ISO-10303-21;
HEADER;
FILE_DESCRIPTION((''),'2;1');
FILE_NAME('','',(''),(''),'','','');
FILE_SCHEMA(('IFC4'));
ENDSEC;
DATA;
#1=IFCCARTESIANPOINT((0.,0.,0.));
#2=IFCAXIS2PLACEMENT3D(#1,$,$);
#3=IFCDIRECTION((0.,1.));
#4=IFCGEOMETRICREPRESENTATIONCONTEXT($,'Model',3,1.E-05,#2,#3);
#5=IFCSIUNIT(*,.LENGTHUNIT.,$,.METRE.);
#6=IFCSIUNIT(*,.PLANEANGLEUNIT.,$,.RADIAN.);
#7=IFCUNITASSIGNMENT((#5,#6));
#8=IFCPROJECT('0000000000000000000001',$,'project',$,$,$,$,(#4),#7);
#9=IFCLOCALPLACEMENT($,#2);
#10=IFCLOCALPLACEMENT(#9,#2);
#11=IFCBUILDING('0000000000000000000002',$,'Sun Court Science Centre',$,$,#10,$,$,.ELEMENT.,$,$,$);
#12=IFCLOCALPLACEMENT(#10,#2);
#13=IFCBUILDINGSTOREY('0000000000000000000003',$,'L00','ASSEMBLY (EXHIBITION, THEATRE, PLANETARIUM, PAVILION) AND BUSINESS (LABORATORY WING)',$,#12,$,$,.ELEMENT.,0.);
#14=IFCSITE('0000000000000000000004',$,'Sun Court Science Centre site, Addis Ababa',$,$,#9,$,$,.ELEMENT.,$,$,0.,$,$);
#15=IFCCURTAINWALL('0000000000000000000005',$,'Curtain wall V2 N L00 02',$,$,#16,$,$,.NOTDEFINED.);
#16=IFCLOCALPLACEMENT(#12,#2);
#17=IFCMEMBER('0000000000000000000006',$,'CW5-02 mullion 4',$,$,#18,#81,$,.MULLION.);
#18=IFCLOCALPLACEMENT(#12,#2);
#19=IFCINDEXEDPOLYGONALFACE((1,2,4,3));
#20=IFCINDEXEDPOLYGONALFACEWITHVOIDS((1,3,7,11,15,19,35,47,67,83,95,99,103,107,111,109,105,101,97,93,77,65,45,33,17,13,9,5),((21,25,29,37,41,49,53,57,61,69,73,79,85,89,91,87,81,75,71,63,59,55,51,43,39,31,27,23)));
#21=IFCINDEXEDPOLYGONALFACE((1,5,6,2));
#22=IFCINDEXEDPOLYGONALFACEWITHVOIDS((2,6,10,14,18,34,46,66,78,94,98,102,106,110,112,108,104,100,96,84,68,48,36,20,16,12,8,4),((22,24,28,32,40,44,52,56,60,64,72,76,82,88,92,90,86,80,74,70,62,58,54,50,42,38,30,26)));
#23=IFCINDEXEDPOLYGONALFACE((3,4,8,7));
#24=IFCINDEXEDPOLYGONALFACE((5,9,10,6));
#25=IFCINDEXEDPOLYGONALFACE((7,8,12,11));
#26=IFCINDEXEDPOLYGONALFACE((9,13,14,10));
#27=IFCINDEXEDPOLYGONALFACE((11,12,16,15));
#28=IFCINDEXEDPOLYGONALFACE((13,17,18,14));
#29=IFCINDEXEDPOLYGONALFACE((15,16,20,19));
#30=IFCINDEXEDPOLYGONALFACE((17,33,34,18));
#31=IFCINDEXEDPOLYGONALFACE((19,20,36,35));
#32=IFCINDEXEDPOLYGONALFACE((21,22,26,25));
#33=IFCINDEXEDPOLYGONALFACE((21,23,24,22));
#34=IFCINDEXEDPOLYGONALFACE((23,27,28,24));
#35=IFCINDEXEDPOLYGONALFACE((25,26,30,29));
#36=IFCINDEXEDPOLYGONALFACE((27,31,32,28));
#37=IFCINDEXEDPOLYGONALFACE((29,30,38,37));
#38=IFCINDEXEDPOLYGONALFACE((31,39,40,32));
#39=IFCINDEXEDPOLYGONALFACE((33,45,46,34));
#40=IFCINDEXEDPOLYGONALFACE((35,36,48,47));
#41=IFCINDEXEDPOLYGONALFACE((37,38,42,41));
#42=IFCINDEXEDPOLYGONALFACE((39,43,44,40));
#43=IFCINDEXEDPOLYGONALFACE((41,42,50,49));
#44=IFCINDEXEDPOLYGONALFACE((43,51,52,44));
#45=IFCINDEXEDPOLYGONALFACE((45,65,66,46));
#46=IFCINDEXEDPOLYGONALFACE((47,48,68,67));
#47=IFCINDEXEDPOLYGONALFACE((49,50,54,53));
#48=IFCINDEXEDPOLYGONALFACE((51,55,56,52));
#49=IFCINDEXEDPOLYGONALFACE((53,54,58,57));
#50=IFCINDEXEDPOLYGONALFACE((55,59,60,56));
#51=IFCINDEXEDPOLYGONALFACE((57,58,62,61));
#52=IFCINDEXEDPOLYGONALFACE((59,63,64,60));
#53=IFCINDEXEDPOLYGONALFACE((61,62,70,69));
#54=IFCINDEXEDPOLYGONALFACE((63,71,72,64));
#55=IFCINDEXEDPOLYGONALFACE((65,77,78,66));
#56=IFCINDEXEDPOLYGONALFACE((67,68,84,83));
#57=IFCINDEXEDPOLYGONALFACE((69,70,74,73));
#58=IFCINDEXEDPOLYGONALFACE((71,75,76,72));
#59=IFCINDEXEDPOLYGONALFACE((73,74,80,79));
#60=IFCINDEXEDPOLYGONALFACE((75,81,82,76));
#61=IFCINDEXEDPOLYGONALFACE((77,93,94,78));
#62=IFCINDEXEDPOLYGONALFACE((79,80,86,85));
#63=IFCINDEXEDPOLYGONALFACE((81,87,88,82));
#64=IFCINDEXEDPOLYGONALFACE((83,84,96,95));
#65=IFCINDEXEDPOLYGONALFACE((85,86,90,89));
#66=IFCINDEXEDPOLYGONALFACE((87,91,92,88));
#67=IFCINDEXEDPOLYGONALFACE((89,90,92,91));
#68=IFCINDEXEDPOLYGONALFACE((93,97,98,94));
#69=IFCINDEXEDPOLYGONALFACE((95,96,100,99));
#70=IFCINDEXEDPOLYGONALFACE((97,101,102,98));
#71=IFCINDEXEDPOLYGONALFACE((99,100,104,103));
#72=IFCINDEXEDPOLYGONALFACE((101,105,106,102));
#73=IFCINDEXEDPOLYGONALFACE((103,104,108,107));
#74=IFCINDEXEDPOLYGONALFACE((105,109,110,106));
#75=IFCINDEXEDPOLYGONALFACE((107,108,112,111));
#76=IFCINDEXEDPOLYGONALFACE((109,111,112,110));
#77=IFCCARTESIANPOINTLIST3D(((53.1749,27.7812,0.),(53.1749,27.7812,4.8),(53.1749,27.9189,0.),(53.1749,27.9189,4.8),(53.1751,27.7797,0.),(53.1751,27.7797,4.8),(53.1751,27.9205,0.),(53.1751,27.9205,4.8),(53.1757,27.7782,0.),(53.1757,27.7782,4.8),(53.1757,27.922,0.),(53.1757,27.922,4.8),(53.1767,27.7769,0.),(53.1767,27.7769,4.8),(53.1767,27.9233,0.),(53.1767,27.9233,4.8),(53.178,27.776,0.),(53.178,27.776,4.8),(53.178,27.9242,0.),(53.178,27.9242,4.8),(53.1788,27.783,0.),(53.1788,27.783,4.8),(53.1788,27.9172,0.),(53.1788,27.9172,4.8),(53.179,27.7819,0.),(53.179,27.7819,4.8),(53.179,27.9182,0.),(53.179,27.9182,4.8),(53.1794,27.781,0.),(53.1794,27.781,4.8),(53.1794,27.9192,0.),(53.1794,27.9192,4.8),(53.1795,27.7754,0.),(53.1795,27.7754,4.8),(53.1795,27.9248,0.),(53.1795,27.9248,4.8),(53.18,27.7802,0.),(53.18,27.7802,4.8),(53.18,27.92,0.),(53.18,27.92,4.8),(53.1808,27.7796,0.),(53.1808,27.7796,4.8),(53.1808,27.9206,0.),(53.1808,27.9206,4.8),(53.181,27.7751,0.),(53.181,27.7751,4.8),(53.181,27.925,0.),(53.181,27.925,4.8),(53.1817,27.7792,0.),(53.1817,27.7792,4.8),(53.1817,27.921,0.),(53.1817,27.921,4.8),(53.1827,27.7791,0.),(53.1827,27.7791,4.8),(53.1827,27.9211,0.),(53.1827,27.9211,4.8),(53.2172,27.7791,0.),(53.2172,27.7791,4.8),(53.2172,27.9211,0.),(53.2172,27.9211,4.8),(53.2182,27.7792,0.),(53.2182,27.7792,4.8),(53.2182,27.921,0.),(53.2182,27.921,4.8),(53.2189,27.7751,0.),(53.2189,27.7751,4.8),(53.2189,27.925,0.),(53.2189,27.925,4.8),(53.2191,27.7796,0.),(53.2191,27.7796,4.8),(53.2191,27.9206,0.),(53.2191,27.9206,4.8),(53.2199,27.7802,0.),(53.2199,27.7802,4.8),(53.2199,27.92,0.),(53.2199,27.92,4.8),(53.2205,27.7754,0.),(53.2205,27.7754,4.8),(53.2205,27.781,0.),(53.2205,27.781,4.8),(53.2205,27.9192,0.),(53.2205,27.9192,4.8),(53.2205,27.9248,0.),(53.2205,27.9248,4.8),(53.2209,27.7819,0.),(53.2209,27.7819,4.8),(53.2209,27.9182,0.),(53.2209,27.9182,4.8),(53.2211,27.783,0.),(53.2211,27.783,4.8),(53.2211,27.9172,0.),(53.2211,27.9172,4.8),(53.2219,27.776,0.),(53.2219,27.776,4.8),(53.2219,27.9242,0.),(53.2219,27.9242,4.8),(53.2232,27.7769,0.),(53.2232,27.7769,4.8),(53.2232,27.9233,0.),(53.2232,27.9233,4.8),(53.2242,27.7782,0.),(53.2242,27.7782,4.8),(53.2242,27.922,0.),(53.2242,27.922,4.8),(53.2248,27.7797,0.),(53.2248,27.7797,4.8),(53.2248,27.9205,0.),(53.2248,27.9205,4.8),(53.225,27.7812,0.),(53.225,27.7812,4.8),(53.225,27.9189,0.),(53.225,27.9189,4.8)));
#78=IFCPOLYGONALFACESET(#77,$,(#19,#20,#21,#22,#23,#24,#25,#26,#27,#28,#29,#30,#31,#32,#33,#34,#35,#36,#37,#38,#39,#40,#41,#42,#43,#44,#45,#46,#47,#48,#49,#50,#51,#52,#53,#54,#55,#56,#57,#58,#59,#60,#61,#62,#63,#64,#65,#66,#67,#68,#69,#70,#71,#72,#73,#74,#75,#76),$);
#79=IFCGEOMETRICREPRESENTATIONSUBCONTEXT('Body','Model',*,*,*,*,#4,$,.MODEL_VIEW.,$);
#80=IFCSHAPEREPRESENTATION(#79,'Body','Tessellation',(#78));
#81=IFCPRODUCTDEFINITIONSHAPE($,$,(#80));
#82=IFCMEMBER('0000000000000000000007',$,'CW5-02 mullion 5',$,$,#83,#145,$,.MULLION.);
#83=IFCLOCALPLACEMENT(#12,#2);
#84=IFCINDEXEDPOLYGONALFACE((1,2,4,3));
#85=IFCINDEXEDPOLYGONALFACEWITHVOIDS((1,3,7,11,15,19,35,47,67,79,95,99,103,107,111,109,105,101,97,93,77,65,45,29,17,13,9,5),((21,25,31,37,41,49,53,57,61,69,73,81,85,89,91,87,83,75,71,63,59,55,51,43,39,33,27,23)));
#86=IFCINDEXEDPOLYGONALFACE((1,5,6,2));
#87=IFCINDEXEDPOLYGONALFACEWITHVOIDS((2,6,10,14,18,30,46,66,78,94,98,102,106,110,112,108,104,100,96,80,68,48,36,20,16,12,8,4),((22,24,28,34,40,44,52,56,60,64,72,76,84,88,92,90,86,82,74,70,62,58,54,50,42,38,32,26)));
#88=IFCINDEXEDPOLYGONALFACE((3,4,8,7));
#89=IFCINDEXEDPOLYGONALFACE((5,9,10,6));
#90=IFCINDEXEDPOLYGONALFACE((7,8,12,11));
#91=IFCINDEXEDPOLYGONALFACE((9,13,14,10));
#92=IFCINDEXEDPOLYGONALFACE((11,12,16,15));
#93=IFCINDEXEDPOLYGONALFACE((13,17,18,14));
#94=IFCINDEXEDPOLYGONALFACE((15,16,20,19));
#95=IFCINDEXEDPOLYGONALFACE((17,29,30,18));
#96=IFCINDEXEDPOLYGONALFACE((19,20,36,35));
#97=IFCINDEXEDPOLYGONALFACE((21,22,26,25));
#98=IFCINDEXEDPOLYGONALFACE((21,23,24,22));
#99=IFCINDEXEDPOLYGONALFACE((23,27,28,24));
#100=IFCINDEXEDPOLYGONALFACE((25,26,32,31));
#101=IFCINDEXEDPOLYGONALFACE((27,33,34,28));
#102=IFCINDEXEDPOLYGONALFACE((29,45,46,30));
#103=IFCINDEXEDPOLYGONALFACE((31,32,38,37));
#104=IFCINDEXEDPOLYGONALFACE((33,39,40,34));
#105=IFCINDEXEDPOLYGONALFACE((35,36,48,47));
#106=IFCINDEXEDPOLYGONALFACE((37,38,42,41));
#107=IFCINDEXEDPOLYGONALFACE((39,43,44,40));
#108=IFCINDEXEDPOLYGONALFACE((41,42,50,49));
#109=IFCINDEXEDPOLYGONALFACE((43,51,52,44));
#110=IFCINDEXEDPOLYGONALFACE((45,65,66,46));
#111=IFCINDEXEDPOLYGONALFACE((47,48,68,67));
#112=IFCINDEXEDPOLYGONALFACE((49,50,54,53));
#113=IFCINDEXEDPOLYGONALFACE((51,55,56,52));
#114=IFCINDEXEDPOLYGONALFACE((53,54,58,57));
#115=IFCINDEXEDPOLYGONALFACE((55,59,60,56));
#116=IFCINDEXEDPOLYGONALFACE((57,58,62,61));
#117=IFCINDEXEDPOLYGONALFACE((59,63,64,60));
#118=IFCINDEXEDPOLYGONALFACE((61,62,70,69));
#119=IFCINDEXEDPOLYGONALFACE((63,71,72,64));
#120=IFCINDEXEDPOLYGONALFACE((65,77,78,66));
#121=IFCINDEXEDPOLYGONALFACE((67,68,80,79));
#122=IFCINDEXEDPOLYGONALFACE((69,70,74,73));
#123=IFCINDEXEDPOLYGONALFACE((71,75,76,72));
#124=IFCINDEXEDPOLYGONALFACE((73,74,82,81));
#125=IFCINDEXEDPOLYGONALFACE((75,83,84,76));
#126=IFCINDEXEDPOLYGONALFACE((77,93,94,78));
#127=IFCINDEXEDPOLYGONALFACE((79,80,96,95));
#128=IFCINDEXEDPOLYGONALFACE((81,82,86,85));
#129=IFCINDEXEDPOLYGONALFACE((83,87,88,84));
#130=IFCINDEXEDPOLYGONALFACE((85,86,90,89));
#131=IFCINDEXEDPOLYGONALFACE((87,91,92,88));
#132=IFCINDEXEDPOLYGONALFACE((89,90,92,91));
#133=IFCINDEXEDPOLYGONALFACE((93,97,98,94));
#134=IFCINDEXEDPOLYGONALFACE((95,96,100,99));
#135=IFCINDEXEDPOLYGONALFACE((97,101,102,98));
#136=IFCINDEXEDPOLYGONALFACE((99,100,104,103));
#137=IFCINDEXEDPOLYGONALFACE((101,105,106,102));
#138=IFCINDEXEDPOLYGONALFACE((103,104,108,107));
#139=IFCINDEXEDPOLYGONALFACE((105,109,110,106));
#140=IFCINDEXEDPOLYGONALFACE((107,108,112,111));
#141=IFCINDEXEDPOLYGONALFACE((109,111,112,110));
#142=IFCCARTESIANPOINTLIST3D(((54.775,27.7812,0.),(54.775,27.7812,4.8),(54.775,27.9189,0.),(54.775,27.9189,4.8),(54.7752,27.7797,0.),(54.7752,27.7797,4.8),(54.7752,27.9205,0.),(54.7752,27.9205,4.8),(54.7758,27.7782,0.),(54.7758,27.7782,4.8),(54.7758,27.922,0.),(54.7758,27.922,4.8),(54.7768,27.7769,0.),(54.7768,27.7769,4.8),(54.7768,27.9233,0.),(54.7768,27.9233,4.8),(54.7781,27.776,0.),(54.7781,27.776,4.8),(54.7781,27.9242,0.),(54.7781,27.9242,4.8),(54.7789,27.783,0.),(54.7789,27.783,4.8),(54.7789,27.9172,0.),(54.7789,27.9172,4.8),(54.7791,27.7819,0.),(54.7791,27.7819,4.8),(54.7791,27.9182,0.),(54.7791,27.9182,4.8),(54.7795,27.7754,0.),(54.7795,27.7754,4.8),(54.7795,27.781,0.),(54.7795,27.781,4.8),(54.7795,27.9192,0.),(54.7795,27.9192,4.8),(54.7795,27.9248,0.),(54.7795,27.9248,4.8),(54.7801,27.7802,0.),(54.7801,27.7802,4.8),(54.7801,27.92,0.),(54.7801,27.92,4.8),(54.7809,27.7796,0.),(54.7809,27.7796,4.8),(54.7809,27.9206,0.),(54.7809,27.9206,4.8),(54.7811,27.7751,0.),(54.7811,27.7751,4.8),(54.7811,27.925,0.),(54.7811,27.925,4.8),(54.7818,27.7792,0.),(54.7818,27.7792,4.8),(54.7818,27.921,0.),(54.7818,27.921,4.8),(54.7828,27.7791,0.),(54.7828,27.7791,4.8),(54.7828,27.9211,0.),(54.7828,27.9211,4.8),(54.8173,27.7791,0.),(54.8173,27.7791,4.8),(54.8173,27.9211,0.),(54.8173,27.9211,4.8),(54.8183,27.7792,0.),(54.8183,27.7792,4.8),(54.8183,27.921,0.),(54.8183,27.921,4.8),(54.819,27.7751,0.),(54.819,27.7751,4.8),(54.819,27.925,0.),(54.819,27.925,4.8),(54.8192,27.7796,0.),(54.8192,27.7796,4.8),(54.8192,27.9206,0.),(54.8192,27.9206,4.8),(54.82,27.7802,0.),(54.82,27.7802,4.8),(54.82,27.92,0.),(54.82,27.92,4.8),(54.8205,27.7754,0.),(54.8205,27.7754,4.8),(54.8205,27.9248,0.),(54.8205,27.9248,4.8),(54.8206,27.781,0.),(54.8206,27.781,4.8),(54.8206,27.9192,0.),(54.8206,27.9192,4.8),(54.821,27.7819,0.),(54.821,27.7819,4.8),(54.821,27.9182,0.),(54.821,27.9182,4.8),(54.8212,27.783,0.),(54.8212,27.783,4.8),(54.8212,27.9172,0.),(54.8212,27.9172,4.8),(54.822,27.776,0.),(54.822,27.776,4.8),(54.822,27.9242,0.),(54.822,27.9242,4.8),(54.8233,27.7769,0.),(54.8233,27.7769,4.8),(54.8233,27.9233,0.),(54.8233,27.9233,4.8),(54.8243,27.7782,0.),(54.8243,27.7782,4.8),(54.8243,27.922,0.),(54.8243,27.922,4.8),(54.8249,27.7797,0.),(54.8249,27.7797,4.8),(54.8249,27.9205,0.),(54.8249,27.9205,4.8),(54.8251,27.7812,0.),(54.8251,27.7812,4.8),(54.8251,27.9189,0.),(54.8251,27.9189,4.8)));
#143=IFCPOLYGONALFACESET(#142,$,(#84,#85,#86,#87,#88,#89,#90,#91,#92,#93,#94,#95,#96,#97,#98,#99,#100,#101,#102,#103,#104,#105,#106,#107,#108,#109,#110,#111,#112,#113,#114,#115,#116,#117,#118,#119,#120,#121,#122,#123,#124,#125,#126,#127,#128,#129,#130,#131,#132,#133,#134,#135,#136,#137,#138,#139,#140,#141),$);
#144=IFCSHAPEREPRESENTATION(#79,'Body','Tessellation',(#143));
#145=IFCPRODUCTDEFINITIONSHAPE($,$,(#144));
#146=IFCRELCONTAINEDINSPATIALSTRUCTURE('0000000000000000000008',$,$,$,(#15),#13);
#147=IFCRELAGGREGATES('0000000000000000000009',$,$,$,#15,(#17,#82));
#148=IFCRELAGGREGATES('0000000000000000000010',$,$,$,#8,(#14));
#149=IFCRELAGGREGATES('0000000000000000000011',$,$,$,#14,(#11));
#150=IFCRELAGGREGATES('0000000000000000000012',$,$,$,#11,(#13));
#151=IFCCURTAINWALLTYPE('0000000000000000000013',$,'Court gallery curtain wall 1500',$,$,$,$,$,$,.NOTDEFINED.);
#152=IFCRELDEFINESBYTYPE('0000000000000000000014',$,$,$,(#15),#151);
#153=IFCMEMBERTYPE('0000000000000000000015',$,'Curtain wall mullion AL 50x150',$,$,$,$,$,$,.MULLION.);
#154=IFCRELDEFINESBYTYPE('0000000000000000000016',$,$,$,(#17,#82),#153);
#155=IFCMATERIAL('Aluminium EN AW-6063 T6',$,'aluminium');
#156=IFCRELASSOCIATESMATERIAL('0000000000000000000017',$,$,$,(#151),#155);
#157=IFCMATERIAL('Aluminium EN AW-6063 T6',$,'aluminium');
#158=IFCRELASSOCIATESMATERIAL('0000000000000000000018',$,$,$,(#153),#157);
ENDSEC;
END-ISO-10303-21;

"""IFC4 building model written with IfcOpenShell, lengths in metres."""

from ifc_helpers import new_model, si_unit, direction, frame, origin, origin_2d, place, context, subcontext, project, spatial, hollow_rectangle, extrude, material, material_profile, profile_set, type_object, element, aggregate, save


model = new_model("IFC4")

# Units and contexts
model_context = context("Model", 3, precision=1e-05, world=origin(), true_north=direction((0.0, 1.0)))
body_context = subcontext(model_context, "Body", "Model", "MODEL_VIEW")
ifc_project = project(units=[si_unit("LENGTHUNIT", "METRE"), si_unit("PLANEANGLEUNIT", "RADIAN")], contexts=[model_context])

# Site, building, storey
site_placement = place(None, origin())
site = spatial("IfcSite", under=ifc_project, at=site_placement, Name="Sun Court Science Centre site, Addis Ababa", CompositionType="ELEMENT", RefElevation=0.0)
building_placement = place(site_placement, origin())
building = spatial("IfcBuilding", under=site, at=building_placement, Name="Sun Court Science Centre", CompositionType="ELEMENT")
storey_placement = place(building_placement, origin())
storey = spatial("IfcBuildingStorey", under=building, at=storey_placement, Name="L00", Description="ASSEMBLY (EXHIBITION, THEATRE, PLANETARIUM, PAVILION) AND BUSINESS (LABORATORY WING)", CompositionType="ELEMENT", Elevation=0.0)

# Curtain wall, members
ifc_material_1 = material(Name="Aluminium EN AW-6063 T6", Category="aluminium")
curtain_wall_type = type_object("IfcCurtainWallType", Name="Court gallery curtain wall 1500", PredefinedType="NOTDEFINED", material=ifc_material_1)
curtain_wall_placement = place(storey_placement, origin())
curtain_wall = element("IfcCurtainWall", 1, at=curtain_wall_placement, inside=storey, type_object=curtain_wall_type, Name="Curtain wall V2 N L00 02", PredefinedType="NOTDEFINED")
ifc_material_2 = material(Name="Aluminium EN AW-6063 T6", Category="aluminium")
ifc_material_profile_1 = material_profile(ifc_material_2, hollow_rectangle(XDim=0.05, YDim=0.1499, WallThickness=0.0039, InnerFilletRadius=0.0039, OuterFilletRadius=0.0061, at=origin_2d()), Name="AL 50x150x4")
ifc_profile_set_1 = profile_set([ifc_material_profile_1], Name="Aluminium EN AW-6063 T6")
member_type_1 = type_object("IfcMemberType", Name="Curtain wall mullion AL 50x150", PredefinedType="MULLION", material=ifc_profile_set_1)
member_1_placement = place(storey_placement, frame((53.2, 27.8501, 0.0), z_axis=(0.0, 0.0, 1.0), x_axis=(1.0, 0.0, 0.0)))
member_1 = element("IfcMember", 2, at=member_1_placement, type_object=member_type_1, Name="CW5-02 mullion 4", PredefinedType="MULLION", context=body_context, shape_type="SweptSolid", body=[
    extrude(hollow_rectangle(XDim=0.05, YDim=0.1499, WallThickness=0.0039, InnerFilletRadius=0.0039, OuterFilletRadius=0.0061, at=origin_2d()), origin(), (0.0, 0.0, 1.0), 4.8),
])
member_2_placement = place(storey_placement, frame((54.8, 27.8501, 0.0), z_axis=(0.0, 0.0, 1.0), x_axis=(1.0, 0.0, 0.0)))
member_2 = element("IfcMember", 3, at=member_2_placement, type_object=member_type_1, Name="CW5-02 mullion 5", PredefinedType="MULLION", context=body_context, shape_type="SweptSolid", body=[
    extrude(hollow_rectangle(XDim=0.05, YDim=0.1499, WallThickness=0.0039, InnerFilletRadius=0.0039, OuterFilletRadius=0.0061, at=origin_2d()), origin(), (0.0, 0.0, 1.0), 4.8),
])
aggregate(curtain_wall, [member_1, member_2])

save(model, "model.ifc")
